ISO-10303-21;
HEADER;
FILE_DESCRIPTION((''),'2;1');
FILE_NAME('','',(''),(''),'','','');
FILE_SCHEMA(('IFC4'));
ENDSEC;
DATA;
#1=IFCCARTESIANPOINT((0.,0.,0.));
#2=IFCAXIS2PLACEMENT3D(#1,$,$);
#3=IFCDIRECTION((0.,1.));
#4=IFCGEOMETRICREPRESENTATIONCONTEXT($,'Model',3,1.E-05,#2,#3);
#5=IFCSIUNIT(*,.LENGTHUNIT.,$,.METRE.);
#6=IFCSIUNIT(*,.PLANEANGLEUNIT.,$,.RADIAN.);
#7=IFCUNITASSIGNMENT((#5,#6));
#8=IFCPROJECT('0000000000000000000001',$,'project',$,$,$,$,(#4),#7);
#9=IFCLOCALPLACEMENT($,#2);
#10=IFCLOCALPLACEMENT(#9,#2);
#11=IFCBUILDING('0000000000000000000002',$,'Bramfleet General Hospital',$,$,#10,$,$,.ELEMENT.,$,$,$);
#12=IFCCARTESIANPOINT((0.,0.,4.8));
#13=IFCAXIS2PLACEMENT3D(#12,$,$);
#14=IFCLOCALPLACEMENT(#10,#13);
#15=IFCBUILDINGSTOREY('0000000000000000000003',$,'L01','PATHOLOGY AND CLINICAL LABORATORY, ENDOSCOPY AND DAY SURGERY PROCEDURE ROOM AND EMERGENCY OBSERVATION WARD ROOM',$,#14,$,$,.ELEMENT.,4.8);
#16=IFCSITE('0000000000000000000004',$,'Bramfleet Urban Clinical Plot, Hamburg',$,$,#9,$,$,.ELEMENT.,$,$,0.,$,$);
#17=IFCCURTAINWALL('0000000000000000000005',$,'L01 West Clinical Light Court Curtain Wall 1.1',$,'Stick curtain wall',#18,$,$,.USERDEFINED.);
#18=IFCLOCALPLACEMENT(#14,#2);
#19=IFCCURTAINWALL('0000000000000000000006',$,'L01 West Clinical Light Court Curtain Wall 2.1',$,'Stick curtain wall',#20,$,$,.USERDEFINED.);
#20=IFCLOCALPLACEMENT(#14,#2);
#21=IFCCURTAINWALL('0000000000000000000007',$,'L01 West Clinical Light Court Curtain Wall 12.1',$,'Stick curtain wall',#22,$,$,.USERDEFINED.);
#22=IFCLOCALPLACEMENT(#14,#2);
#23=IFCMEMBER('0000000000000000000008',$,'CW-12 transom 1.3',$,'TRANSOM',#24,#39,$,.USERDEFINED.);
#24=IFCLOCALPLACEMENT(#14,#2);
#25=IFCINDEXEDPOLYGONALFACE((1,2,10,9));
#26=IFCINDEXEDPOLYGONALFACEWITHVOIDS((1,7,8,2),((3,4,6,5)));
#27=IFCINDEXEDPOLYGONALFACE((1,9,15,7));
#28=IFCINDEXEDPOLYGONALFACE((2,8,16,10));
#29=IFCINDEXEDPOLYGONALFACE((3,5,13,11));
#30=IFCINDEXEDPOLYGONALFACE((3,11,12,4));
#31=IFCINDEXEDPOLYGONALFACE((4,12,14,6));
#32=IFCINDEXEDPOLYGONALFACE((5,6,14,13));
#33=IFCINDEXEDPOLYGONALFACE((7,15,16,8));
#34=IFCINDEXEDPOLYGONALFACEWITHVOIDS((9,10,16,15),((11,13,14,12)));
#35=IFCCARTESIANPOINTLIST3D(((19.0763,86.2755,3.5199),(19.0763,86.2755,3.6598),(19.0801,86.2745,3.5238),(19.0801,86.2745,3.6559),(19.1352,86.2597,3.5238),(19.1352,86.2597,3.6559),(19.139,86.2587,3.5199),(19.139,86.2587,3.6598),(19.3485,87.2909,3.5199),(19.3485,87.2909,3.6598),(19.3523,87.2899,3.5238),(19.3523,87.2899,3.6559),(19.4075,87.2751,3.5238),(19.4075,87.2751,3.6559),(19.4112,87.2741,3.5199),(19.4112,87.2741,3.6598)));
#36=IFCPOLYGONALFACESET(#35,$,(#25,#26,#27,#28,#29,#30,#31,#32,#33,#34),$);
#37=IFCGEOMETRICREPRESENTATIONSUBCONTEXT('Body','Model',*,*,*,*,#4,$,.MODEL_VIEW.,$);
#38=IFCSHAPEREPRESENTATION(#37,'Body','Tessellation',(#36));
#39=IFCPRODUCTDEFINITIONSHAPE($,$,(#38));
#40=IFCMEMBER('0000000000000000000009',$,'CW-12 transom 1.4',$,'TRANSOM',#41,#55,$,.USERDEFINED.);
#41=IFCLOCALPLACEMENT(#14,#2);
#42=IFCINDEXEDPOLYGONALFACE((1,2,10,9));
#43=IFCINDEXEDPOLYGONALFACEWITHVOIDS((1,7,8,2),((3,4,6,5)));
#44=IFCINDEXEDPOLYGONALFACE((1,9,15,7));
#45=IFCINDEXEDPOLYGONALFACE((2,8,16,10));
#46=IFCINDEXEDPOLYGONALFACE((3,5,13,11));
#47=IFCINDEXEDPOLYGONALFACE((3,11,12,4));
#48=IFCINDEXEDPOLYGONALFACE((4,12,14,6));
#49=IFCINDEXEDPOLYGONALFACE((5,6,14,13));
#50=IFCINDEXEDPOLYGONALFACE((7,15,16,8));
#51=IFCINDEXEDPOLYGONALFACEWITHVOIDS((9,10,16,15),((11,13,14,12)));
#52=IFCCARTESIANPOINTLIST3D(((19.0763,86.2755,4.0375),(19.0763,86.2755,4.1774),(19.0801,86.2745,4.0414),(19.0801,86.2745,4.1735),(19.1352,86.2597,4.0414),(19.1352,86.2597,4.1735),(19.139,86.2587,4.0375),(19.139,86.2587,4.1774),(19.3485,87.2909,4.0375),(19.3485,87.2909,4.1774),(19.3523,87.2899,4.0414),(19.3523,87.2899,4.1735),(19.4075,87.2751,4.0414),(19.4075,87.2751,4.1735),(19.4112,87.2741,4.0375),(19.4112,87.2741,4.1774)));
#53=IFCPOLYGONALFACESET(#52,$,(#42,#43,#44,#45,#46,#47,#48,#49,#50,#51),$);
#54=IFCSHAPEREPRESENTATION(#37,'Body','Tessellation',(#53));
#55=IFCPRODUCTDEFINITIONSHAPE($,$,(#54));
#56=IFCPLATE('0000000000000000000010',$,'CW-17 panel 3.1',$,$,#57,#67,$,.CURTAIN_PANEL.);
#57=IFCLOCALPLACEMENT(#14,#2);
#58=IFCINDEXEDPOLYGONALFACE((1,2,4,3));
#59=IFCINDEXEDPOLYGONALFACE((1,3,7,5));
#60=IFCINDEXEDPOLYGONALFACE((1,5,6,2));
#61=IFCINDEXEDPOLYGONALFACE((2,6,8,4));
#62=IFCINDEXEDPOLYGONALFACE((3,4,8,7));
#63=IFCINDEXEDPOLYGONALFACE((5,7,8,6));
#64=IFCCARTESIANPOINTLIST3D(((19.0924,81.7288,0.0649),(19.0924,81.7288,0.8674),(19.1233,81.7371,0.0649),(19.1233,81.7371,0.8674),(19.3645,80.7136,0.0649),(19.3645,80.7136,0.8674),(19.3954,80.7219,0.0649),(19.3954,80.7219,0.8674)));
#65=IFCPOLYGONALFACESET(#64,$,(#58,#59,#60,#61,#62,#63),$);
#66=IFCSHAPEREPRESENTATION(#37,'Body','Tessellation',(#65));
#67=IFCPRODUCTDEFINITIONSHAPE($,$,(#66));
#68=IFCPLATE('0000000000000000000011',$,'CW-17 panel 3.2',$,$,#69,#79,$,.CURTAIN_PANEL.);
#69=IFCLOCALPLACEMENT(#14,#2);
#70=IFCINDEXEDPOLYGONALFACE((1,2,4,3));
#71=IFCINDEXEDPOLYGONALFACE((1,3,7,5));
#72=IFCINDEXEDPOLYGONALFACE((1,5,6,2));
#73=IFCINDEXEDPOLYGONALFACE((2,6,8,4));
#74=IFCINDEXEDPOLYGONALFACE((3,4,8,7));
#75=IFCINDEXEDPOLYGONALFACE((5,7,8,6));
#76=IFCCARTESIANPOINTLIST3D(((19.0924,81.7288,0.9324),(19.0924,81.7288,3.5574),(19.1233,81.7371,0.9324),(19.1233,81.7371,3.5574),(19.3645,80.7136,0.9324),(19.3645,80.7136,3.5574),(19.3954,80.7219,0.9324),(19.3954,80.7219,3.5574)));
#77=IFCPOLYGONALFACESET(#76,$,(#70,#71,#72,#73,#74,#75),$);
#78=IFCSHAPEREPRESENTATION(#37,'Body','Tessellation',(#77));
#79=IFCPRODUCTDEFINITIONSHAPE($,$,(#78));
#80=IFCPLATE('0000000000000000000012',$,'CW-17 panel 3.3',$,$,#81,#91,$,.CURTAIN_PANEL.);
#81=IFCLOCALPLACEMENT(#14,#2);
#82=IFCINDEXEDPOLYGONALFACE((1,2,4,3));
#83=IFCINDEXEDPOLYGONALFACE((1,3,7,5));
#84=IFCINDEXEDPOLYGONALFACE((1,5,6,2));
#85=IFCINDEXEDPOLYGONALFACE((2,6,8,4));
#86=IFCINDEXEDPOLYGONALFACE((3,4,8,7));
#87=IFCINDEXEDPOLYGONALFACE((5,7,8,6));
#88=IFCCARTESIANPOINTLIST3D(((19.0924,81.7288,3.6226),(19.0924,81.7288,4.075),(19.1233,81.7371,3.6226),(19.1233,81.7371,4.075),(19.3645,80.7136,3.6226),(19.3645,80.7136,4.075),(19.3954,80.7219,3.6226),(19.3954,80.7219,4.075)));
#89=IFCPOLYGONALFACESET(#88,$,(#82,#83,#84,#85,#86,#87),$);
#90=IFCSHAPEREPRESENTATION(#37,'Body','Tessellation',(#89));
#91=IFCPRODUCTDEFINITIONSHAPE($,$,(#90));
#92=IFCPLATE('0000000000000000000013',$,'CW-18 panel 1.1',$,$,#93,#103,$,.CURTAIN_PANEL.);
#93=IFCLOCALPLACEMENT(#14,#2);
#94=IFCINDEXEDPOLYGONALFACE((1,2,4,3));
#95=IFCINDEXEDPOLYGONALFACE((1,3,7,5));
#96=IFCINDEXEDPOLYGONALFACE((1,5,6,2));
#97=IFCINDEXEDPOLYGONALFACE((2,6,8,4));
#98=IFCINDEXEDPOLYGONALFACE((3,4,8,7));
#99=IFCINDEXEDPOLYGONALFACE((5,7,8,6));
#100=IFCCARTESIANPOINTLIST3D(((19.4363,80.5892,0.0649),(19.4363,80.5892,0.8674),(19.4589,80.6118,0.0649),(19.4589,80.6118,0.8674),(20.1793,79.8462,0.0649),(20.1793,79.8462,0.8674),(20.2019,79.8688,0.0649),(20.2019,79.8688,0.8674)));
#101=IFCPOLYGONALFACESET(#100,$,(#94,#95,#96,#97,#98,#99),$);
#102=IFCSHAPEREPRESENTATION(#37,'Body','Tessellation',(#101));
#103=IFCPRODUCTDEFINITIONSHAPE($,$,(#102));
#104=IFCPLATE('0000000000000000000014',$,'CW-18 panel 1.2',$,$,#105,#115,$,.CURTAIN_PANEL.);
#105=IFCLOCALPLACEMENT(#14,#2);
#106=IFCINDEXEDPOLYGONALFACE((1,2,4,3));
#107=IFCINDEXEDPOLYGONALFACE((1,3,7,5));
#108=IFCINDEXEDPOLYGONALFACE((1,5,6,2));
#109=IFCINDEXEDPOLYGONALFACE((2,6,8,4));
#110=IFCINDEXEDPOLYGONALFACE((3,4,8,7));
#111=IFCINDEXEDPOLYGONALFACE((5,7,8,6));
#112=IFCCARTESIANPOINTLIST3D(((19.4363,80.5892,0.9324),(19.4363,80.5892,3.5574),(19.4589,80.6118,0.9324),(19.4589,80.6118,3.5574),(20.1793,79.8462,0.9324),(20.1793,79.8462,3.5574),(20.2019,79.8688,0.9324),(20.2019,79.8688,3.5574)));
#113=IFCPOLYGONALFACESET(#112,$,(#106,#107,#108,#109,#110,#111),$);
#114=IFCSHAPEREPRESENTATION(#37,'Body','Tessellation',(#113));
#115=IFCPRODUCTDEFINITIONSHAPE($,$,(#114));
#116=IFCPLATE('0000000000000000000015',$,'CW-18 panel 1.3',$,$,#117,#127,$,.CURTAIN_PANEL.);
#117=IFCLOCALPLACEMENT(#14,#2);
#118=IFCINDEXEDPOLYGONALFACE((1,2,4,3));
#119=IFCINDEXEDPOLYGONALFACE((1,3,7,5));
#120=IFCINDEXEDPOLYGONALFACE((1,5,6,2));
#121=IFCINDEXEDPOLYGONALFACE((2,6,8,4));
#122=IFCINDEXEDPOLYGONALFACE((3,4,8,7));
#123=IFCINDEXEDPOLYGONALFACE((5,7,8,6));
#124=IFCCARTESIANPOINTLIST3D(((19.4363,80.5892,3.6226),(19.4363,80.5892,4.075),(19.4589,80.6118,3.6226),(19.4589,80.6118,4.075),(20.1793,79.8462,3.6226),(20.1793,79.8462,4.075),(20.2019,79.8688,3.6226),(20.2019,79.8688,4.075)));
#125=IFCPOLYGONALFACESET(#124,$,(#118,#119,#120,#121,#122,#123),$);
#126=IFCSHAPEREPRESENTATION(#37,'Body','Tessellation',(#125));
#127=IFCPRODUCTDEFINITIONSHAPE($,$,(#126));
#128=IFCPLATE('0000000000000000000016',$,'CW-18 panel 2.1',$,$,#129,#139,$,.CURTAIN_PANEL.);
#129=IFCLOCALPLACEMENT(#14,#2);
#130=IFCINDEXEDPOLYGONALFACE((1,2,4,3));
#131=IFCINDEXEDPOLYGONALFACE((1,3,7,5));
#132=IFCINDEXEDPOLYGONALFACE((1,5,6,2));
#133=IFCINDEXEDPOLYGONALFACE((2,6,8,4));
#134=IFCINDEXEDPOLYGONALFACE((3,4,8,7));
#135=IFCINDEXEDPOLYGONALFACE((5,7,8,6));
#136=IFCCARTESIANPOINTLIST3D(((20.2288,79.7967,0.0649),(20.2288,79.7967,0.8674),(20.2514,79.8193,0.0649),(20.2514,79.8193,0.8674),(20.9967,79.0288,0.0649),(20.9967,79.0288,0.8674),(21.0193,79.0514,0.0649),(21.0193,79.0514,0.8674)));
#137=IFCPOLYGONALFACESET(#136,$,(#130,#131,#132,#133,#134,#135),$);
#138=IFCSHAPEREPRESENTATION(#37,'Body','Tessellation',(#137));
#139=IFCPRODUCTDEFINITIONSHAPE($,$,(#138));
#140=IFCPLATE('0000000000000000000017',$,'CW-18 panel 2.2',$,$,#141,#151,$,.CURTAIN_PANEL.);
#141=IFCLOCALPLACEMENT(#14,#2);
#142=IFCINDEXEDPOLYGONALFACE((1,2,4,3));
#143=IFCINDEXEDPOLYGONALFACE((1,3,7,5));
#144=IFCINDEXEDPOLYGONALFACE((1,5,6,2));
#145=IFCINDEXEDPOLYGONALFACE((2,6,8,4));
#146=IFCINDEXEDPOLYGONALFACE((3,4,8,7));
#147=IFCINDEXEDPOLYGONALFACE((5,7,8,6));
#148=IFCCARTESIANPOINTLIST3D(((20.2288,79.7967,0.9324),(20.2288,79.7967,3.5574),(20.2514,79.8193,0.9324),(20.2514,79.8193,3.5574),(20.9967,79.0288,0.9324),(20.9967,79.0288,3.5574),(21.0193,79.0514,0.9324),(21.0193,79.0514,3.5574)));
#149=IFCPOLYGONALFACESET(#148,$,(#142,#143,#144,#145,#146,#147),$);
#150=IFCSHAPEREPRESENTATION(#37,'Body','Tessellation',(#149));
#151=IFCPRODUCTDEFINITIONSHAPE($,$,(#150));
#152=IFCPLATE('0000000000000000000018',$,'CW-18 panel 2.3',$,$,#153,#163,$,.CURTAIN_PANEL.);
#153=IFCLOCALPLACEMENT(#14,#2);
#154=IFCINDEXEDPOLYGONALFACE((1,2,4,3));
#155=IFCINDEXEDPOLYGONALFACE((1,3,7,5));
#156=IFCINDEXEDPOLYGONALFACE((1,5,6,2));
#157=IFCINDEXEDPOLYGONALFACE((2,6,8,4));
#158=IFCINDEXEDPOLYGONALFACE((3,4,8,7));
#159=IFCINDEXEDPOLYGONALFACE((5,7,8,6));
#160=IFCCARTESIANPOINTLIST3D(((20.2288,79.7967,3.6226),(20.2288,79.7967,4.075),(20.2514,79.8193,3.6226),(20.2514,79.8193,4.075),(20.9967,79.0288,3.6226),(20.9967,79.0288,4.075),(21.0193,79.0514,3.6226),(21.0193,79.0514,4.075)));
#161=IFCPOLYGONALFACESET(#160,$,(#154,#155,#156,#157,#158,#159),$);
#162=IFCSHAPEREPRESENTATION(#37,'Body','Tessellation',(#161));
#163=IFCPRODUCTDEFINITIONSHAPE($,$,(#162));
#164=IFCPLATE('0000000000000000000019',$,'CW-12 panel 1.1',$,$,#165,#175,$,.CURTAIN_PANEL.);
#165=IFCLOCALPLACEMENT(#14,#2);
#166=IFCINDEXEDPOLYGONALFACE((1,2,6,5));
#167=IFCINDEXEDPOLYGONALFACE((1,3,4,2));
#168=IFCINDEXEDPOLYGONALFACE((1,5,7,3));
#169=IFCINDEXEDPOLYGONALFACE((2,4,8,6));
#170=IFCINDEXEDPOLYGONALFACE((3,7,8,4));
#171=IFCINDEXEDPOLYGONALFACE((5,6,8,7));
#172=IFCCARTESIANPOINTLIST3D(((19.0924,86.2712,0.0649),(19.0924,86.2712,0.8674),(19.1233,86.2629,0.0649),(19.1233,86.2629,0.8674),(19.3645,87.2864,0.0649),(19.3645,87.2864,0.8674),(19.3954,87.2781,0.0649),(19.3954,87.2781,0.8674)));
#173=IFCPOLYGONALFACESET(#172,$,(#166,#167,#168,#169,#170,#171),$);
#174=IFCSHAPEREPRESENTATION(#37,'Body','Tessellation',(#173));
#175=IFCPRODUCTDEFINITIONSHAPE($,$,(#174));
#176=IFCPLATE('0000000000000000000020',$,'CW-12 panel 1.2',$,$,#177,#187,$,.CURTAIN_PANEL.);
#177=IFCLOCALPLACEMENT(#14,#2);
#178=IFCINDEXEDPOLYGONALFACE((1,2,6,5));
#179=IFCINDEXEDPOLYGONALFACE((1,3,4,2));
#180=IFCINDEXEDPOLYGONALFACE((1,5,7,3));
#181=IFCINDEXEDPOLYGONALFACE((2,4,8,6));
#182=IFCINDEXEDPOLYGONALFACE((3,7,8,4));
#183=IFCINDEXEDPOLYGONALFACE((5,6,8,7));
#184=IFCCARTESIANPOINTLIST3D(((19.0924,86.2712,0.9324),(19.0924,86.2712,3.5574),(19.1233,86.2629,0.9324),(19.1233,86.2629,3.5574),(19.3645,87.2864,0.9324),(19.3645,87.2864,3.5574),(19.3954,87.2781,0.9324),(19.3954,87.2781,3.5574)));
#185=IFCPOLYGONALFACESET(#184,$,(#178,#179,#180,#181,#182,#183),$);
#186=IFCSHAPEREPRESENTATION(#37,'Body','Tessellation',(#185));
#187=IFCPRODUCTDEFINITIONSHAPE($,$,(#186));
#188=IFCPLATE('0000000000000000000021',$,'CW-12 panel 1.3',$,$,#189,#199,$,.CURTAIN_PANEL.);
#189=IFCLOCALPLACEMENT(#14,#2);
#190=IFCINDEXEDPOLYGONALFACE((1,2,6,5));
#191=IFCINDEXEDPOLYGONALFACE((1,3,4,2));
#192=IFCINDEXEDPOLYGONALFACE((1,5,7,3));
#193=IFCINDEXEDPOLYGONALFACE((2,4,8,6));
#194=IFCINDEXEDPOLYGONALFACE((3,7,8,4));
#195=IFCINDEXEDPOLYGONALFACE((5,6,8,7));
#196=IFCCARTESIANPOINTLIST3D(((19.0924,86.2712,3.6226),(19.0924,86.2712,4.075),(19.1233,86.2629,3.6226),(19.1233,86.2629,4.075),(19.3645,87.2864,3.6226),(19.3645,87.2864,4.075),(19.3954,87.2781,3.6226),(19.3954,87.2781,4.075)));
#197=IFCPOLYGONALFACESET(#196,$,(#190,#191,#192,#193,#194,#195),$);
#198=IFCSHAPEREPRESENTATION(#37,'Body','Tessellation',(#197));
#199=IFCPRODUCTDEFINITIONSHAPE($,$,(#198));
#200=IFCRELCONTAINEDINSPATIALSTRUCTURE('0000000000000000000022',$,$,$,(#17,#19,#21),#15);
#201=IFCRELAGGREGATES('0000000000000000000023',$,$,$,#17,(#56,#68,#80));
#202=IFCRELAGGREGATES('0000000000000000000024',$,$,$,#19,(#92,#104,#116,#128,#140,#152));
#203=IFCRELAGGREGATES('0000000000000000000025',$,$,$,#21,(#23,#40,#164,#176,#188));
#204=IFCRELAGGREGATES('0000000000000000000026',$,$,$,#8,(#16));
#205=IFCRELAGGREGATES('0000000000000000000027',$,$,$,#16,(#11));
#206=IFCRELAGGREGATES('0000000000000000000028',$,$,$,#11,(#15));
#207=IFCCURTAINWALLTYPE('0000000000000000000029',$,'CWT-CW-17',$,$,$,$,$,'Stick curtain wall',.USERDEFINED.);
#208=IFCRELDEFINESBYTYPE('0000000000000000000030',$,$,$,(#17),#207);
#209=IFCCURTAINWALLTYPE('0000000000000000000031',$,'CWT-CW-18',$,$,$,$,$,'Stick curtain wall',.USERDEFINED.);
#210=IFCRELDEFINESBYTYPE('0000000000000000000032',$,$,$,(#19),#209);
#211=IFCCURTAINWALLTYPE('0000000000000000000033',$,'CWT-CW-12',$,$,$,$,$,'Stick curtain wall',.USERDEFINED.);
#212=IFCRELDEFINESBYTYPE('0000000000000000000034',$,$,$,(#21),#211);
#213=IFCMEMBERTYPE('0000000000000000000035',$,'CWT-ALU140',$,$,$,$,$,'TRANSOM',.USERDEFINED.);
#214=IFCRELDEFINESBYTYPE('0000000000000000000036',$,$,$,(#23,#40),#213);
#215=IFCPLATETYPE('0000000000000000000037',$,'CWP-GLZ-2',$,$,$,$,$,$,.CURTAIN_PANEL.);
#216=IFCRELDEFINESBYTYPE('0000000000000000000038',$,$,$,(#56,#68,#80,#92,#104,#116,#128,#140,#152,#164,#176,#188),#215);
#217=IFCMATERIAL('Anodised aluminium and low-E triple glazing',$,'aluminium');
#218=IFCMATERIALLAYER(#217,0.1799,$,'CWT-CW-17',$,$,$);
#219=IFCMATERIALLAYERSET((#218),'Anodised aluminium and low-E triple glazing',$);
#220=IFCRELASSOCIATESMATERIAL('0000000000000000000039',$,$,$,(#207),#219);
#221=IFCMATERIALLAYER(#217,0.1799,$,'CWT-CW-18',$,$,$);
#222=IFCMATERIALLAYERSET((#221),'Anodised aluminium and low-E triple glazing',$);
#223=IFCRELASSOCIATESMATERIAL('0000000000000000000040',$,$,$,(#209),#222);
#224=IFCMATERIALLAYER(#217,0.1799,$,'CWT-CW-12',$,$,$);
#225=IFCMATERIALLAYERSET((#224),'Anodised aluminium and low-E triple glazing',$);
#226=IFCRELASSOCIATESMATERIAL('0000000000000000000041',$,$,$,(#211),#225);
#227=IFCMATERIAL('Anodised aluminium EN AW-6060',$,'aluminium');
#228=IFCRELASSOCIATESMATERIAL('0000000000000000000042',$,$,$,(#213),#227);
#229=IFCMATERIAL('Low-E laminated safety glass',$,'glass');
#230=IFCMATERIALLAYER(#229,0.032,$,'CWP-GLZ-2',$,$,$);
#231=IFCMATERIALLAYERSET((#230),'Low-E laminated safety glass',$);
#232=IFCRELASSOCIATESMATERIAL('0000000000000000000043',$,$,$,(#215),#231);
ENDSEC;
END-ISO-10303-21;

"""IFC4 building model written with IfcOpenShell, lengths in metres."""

from ifc_helpers import new_model, si_unit, direction, frame, origin, origin_2d, place, context, subcontext, project, spatial, rectangle, hollow_rectangle, extrude, material, layer, layer_set, material_profile, profile_set, type_object, element, aggregate, save


model = new_model("IFC4")

# Units and contexts
model_context = context("Model", 3, precision=1e-05, world=origin(), true_north=direction((0.0, 1.0)))
body_context = subcontext(model_context, "Body", "Model", "MODEL_VIEW")
ifc_project = project(units=[si_unit("LENGTHUNIT", "METRE"), si_unit("PLANEANGLEUNIT", "RADIAN")], contexts=[model_context])

# Site, building, storey
site_placement = place(None, origin())
site = spatial("IfcSite", under=ifc_project, at=site_placement, Name="Bramfleet Urban Clinical Plot, Hamburg", CompositionType="ELEMENT", RefElevation=0.0)
building_placement = place(site_placement, origin())
building = spatial("IfcBuilding", under=site, at=building_placement, Name="Bramfleet General Hospital", CompositionType="ELEMENT")
storey_placement = place(building_placement, frame((0.0, 0.0, 4.8)))
storey = spatial("IfcBuildingStorey", under=building, at=storey_placement, Name="L01", Description="PATHOLOGY AND CLINICAL LABORATORY, ENDOSCOPY AND DAY SURGERY PROCEDURE ROOM AND EMERGENCY OBSERVATION WARD ROOM", CompositionType="ELEMENT", Elevation=4.8)

# Curtain wall
ifc_material_1 = material(Name="Anodised aluminium and low-E triple glazing", Category="aluminium")
ifc_layer_1 = layer(ifc_material_1, 0.1799, Name="CWT-CW-17")
ifc_layer_set_1 = layer_set([ifc_layer_1], Name="Anodised aluminium and low-E triple glazing")
curtain_wall_type_1 = type_object("IfcCurtainWallType", Name="CWT-CW-17", ElementType="Stick curtain wall", PredefinedType="USERDEFINED", material=ifc_layer_set_1)
curtain_wall_1_placement = place(storey_placement, origin())
curtain_wall_1 = element("IfcCurtainWall", 1, at=curtain_wall_1_placement, inside=storey, type_object=curtain_wall_type_1, Name="L01 West Clinical Light Court Curtain Wall 1.1", ObjectType="Stick curtain wall", PredefinedType="USERDEFINED")
ifc_material_2 = material(Name="Anodised aluminium EN AW-6060", Category="aluminium")

# Curtain wall
ifc_layer_2 = layer(ifc_material_1, 0.1799, Name="CWT-CW-18")
ifc_layer_set_2 = layer_set([ifc_layer_2], Name="Anodised aluminium and low-E triple glazing")
curtain_wall_type_2 = type_object("IfcCurtainWallType", Name="CWT-CW-18", ElementType="Stick curtain wall", PredefinedType="USERDEFINED", material=ifc_layer_set_2)
curtain_wall_2_placement = place(storey_placement, origin())
curtain_wall_2 = element("IfcCurtainWall", 2, at=curtain_wall_2_placement, inside=storey, type_object=curtain_wall_type_2, Name="L01 West Clinical Light Court Curtain Wall 2.1", ObjectType="Stick curtain wall", PredefinedType="USERDEFINED")

# Curtain wall
ifc_layer_3 = layer(ifc_material_1, 0.1799, Name="CWT-CW-12")
ifc_layer_set_3 = layer_set([ifc_layer_3], Name="Anodised aluminium and low-E triple glazing")
curtain_wall_type_3 = type_object("IfcCurtainWallType", Name="CWT-CW-12", ElementType="Stick curtain wall", PredefinedType="USERDEFINED", material=ifc_layer_set_3)
curtain_wall_3_placement = place(storey_placement, origin())
curtain_wall_3 = element("IfcCurtainWall", 3, at=curtain_wall_3_placement, inside=storey, type_object=curtain_wall_type_3, Name="L01 West Clinical Light Court Curtain Wall 12.1", ObjectType="Stick curtain wall", PredefinedType="USERDEFINED")

# Members
ifc_material_profile_1 = material_profile(ifc_material_2, hollow_rectangle(XDim=0.0649, YDim=0.1399, WallThickness=0.0039, at=origin_2d()), Name="ALU 140x65x4.0")
ifc_profile_set_1 = profile_set([ifc_material_profile_1], Name="Anodised aluminium EN AW-6060")
member_type_1 = type_object("IfcMemberType", Name="CWT-ALU140", ElementType="TRANSOM", PredefinedType="USERDEFINED", material=ifc_profile_set_1)
member_1_placement = place(storey_placement, frame((19.3799, 87.2825, 3.5898), z_axis=(-0.258949, -0.965891, 0.0), x_axis=(0.965891, -0.258949, 0.0)))
member_1 = element("IfcMember", 4, at=member_1_placement, type_object=member_type_1, Name="CW-12 transom 1.3", ObjectType="TRANSOM", PredefinedType="USERDEFINED", context=body_context, shape_type="SweptSolid", body=[
    extrude(hollow_rectangle(XDim=0.0649, YDim=0.1399, WallThickness=0.0039, at=origin_2d()), origin(), (0.0, 0.0, 1.0), 1.0513),
])
member_2_placement = place(storey_placement, frame((19.3799, 87.2825, 4.1074), z_axis=(-0.258949, -0.965891, 0.0), x_axis=(0.965891, -0.258949, 0.0)))
member_2 = element("IfcMember", 5, at=member_2_placement, type_object=member_type_1, Name="CW-12 transom 1.4", ObjectType="TRANSOM", PredefinedType="USERDEFINED", context=body_context, shape_type="SweptSolid", body=[
    extrude(hollow_rectangle(XDim=0.0649, YDim=0.1399, WallThickness=0.0039, at=origin_2d()), origin(), (0.0, 0.0, 1.0), 1.0513),
])

# Plates
ifc_material_3 = material(Name="Low-E laminated safety glass", Category="glass")
ifc_layer_4 = layer(ifc_material_3, 0.032, Name="CWP-GLZ-2")
ifc_layer_set_4 = layer_set([ifc_layer_4], Name="Low-E laminated safety glass")
plate_type = type_object("IfcPlateType", Name="CWP-GLZ-2", PredefinedType="CURTAIN_PANEL", material=ifc_layer_set_4)
plate_1_placement = place(storey_placement, frame((19.2439, 81.2253, 0.0649), z_axis=(0.0, 0.0, 1.0), x_axis=(0.258919, -0.965899, 0.0)))
plate_1 = element("IfcPlate", 6, at=plate_1_placement, type_object=plate_type, Name="CW-17 panel 3.1", PredefinedType="CURTAIN_PANEL", context=body_context, shape_type="SweptSolid", body=[
    extrude(rectangle(XDim=1.051, YDim=0.032, at=origin_2d()), origin(), (0.0, 0.0, 1.0), 0.8025),
])
plate_2_placement = place(storey_placement, frame((19.2439, 81.2253, 0.9324), z_axis=(0.0, 0.0, 1.0), x_axis=(0.258919, -0.965899, 0.0)))
plate_2 = element("IfcPlate", 7, at=plate_2_placement, type_object=plate_type, Name="CW-17 panel 3.2", PredefinedType="CURTAIN_PANEL", context=body_context, shape_type="SweptSolid", body=[
    extrude(rectangle(XDim=1.051, YDim=0.032, at=origin_2d()), origin(), (0.0, 0.0, 1.0), 2.625),
])
plate_3_placement = place(storey_placement, frame((19.2439, 81.2253, 3.6226), z_axis=(0.0, 0.0, 1.0), x_axis=(0.258919, -0.965899, 0.0)))
plate_3 = element("IfcPlate", 8, at=plate_3_placement, type_object=plate_type, Name="CW-17 panel 3.3", PredefinedType="CURTAIN_PANEL", context=body_context, shape_type="SweptSolid", body=[
    extrude(rectangle(XDim=1.051, YDim=0.032, at=origin_2d()), origin(), (0.0, 0.0, 1.0), 0.4524),
])
aggregate(curtain_wall_1, [plate_1, plate_2, plate_3])
plate_4_placement = place(storey_placement, frame((19.8191, 80.229, 0.0649), z_axis=(0.0, 0.0, 1.0), x_axis=(0.707107, -0.707107, 0.0)))
plate_4 = element("IfcPlate", 9, at=plate_4_placement, type_object=plate_type, Name="CW-18 panel 1.1", PredefinedType="CURTAIN_PANEL", context=body_context, shape_type="SweptSolid", body=[
    extrude(rectangle(XDim=1.0508, YDim=0.032, at=origin_2d()), origin(), (0.0, 0.0, 1.0), 0.8025),
])
plate_5_placement = place(storey_placement, frame((19.8191, 80.229, 0.9324), z_axis=(0.0, 0.0, 1.0), x_axis=(0.707107, -0.707107, 0.0)))
plate_5 = element("IfcPlate", 10, at=plate_5_placement, type_object=plate_type, Name="CW-18 panel 1.2", PredefinedType="CURTAIN_PANEL", context=body_context, shape_type="SweptSolid", body=[
    extrude(rectangle(XDim=1.0508, YDim=0.032, at=origin_2d()), origin(), (0.0, 0.0, 1.0), 2.625),
])
plate_6_placement = place(storey_placement, frame((19.8191, 80.229, 3.6226), z_axis=(0.0, 0.0, 1.0), x_axis=(0.707107, -0.707107, 0.0)))
plate_6 = element("IfcPlate", 11, at=plate_6_placement, type_object=plate_type, Name="CW-18 panel 1.3", PredefinedType="CURTAIN_PANEL", context=body_context, shape_type="SweptSolid", body=[
    extrude(rectangle(XDim=1.0508, YDim=0.032, at=origin_2d()), origin(), (0.0, 0.0, 1.0), 0.4524),
])
plate_7_placement = place(storey_placement, frame((20.624, 79.4241, 0.0649), z_axis=(0.0, 0.0, 1.0), x_axis=(0.707107, -0.707107, 0.0)))
plate_7 = element("IfcPlate", 12, at=plate_7_placement, type_object=plate_type, Name="CW-18 panel 2.1", PredefinedType="CURTAIN_PANEL", context=body_context, shape_type="SweptSolid", body=[
    extrude(rectangle(XDim=1.0859, YDim=0.032, at=origin_2d()), origin(), (0.0, 0.0, 1.0), 0.8025),
])
plate_8_placement = place(storey_placement, frame((20.624, 79.4241, 0.9324), z_axis=(0.0, 0.0, 1.0), x_axis=(0.707107, -0.707107, 0.0)))
plate_8 = element("IfcPlate", 13, at=plate_8_placement, type_object=plate_type, Name="CW-18 panel 2.2", PredefinedType="CURTAIN_PANEL", context=body_context, shape_type="SweptSolid", body=[
    extrude(rectangle(XDim=1.0859, YDim=0.032, at=origin_2d()), origin(), (0.0, 0.0, 1.0), 2.625),
])
plate_9_placement = place(storey_placement, frame((20.624, 79.4241, 3.6226), z_axis=(0.0, 0.0, 1.0), x_axis=(0.707107, -0.707107, 0.0)))
plate_9 = element("IfcPlate", 14, at=plate_9_placement, type_object=plate_type, Name="CW-18 panel 2.3", PredefinedType="CURTAIN_PANEL", context=body_context, shape_type="SweptSolid", body=[
    extrude(rectangle(XDim=1.0859, YDim=0.032, at=origin_2d()), origin(), (0.0, 0.0, 1.0), 0.4524),
])
aggregate(curtain_wall_2, [plate_4, plate_5, plate_6, plate_7, plate_8, plate_9])
plate_10_placement = place(storey_placement, frame((19.2439, 86.7747, 0.0649), z_axis=(0.0, 0.0, 1.0), x_axis=(-0.258919, -0.965899, 0.0)))
plate_10 = element("IfcPlate", 15, at=plate_10_placement, type_object=plate_type, Name="CW-12 panel 1.1", PredefinedType="CURTAIN_PANEL", context=body_context, shape_type="SweptSolid", body=[
    extrude(rectangle(XDim=1.051, YDim=0.032, at=origin_2d()), origin(), (0.0, 0.0, 1.0), 0.8025),
])
plate_11_placement = place(storey_placement, frame((19.2439, 86.7747, 0.9324), z_axis=(0.0, 0.0, 1.0), x_axis=(-0.258919, -0.965899, 0.0)))
plate_11 = element("IfcPlate", 16, at=plate_11_placement, type_object=plate_type, Name="CW-12 panel 1.2", PredefinedType="CURTAIN_PANEL", context=body_context, shape_type="SweptSolid", body=[
    extrude(rectangle(XDim=1.051, YDim=0.032, at=origin_2d()), origin(), (0.0, 0.0, 1.0), 2.625),
])
plate_12_placement = place(storey_placement, frame((19.2439, 86.7747, 3.6226), z_axis=(0.0, 0.0, 1.0), x_axis=(-0.258919, -0.965899, 0.0)))
plate_12 = element("IfcPlate", 17, at=plate_12_placement, type_object=plate_type, Name="CW-12 panel 1.3", PredefinedType="CURTAIN_PANEL", context=body_context, shape_type="SweptSolid", body=[
    extrude(rectangle(XDim=1.051, YDim=0.032, at=origin_2d()), origin(), (0.0, 0.0, 1.0), 0.4524),
])
aggregate(curtain_wall_3, [member_1, member_2, plate_10, plate_11, plate_12])

save(model, "model.ifc")
